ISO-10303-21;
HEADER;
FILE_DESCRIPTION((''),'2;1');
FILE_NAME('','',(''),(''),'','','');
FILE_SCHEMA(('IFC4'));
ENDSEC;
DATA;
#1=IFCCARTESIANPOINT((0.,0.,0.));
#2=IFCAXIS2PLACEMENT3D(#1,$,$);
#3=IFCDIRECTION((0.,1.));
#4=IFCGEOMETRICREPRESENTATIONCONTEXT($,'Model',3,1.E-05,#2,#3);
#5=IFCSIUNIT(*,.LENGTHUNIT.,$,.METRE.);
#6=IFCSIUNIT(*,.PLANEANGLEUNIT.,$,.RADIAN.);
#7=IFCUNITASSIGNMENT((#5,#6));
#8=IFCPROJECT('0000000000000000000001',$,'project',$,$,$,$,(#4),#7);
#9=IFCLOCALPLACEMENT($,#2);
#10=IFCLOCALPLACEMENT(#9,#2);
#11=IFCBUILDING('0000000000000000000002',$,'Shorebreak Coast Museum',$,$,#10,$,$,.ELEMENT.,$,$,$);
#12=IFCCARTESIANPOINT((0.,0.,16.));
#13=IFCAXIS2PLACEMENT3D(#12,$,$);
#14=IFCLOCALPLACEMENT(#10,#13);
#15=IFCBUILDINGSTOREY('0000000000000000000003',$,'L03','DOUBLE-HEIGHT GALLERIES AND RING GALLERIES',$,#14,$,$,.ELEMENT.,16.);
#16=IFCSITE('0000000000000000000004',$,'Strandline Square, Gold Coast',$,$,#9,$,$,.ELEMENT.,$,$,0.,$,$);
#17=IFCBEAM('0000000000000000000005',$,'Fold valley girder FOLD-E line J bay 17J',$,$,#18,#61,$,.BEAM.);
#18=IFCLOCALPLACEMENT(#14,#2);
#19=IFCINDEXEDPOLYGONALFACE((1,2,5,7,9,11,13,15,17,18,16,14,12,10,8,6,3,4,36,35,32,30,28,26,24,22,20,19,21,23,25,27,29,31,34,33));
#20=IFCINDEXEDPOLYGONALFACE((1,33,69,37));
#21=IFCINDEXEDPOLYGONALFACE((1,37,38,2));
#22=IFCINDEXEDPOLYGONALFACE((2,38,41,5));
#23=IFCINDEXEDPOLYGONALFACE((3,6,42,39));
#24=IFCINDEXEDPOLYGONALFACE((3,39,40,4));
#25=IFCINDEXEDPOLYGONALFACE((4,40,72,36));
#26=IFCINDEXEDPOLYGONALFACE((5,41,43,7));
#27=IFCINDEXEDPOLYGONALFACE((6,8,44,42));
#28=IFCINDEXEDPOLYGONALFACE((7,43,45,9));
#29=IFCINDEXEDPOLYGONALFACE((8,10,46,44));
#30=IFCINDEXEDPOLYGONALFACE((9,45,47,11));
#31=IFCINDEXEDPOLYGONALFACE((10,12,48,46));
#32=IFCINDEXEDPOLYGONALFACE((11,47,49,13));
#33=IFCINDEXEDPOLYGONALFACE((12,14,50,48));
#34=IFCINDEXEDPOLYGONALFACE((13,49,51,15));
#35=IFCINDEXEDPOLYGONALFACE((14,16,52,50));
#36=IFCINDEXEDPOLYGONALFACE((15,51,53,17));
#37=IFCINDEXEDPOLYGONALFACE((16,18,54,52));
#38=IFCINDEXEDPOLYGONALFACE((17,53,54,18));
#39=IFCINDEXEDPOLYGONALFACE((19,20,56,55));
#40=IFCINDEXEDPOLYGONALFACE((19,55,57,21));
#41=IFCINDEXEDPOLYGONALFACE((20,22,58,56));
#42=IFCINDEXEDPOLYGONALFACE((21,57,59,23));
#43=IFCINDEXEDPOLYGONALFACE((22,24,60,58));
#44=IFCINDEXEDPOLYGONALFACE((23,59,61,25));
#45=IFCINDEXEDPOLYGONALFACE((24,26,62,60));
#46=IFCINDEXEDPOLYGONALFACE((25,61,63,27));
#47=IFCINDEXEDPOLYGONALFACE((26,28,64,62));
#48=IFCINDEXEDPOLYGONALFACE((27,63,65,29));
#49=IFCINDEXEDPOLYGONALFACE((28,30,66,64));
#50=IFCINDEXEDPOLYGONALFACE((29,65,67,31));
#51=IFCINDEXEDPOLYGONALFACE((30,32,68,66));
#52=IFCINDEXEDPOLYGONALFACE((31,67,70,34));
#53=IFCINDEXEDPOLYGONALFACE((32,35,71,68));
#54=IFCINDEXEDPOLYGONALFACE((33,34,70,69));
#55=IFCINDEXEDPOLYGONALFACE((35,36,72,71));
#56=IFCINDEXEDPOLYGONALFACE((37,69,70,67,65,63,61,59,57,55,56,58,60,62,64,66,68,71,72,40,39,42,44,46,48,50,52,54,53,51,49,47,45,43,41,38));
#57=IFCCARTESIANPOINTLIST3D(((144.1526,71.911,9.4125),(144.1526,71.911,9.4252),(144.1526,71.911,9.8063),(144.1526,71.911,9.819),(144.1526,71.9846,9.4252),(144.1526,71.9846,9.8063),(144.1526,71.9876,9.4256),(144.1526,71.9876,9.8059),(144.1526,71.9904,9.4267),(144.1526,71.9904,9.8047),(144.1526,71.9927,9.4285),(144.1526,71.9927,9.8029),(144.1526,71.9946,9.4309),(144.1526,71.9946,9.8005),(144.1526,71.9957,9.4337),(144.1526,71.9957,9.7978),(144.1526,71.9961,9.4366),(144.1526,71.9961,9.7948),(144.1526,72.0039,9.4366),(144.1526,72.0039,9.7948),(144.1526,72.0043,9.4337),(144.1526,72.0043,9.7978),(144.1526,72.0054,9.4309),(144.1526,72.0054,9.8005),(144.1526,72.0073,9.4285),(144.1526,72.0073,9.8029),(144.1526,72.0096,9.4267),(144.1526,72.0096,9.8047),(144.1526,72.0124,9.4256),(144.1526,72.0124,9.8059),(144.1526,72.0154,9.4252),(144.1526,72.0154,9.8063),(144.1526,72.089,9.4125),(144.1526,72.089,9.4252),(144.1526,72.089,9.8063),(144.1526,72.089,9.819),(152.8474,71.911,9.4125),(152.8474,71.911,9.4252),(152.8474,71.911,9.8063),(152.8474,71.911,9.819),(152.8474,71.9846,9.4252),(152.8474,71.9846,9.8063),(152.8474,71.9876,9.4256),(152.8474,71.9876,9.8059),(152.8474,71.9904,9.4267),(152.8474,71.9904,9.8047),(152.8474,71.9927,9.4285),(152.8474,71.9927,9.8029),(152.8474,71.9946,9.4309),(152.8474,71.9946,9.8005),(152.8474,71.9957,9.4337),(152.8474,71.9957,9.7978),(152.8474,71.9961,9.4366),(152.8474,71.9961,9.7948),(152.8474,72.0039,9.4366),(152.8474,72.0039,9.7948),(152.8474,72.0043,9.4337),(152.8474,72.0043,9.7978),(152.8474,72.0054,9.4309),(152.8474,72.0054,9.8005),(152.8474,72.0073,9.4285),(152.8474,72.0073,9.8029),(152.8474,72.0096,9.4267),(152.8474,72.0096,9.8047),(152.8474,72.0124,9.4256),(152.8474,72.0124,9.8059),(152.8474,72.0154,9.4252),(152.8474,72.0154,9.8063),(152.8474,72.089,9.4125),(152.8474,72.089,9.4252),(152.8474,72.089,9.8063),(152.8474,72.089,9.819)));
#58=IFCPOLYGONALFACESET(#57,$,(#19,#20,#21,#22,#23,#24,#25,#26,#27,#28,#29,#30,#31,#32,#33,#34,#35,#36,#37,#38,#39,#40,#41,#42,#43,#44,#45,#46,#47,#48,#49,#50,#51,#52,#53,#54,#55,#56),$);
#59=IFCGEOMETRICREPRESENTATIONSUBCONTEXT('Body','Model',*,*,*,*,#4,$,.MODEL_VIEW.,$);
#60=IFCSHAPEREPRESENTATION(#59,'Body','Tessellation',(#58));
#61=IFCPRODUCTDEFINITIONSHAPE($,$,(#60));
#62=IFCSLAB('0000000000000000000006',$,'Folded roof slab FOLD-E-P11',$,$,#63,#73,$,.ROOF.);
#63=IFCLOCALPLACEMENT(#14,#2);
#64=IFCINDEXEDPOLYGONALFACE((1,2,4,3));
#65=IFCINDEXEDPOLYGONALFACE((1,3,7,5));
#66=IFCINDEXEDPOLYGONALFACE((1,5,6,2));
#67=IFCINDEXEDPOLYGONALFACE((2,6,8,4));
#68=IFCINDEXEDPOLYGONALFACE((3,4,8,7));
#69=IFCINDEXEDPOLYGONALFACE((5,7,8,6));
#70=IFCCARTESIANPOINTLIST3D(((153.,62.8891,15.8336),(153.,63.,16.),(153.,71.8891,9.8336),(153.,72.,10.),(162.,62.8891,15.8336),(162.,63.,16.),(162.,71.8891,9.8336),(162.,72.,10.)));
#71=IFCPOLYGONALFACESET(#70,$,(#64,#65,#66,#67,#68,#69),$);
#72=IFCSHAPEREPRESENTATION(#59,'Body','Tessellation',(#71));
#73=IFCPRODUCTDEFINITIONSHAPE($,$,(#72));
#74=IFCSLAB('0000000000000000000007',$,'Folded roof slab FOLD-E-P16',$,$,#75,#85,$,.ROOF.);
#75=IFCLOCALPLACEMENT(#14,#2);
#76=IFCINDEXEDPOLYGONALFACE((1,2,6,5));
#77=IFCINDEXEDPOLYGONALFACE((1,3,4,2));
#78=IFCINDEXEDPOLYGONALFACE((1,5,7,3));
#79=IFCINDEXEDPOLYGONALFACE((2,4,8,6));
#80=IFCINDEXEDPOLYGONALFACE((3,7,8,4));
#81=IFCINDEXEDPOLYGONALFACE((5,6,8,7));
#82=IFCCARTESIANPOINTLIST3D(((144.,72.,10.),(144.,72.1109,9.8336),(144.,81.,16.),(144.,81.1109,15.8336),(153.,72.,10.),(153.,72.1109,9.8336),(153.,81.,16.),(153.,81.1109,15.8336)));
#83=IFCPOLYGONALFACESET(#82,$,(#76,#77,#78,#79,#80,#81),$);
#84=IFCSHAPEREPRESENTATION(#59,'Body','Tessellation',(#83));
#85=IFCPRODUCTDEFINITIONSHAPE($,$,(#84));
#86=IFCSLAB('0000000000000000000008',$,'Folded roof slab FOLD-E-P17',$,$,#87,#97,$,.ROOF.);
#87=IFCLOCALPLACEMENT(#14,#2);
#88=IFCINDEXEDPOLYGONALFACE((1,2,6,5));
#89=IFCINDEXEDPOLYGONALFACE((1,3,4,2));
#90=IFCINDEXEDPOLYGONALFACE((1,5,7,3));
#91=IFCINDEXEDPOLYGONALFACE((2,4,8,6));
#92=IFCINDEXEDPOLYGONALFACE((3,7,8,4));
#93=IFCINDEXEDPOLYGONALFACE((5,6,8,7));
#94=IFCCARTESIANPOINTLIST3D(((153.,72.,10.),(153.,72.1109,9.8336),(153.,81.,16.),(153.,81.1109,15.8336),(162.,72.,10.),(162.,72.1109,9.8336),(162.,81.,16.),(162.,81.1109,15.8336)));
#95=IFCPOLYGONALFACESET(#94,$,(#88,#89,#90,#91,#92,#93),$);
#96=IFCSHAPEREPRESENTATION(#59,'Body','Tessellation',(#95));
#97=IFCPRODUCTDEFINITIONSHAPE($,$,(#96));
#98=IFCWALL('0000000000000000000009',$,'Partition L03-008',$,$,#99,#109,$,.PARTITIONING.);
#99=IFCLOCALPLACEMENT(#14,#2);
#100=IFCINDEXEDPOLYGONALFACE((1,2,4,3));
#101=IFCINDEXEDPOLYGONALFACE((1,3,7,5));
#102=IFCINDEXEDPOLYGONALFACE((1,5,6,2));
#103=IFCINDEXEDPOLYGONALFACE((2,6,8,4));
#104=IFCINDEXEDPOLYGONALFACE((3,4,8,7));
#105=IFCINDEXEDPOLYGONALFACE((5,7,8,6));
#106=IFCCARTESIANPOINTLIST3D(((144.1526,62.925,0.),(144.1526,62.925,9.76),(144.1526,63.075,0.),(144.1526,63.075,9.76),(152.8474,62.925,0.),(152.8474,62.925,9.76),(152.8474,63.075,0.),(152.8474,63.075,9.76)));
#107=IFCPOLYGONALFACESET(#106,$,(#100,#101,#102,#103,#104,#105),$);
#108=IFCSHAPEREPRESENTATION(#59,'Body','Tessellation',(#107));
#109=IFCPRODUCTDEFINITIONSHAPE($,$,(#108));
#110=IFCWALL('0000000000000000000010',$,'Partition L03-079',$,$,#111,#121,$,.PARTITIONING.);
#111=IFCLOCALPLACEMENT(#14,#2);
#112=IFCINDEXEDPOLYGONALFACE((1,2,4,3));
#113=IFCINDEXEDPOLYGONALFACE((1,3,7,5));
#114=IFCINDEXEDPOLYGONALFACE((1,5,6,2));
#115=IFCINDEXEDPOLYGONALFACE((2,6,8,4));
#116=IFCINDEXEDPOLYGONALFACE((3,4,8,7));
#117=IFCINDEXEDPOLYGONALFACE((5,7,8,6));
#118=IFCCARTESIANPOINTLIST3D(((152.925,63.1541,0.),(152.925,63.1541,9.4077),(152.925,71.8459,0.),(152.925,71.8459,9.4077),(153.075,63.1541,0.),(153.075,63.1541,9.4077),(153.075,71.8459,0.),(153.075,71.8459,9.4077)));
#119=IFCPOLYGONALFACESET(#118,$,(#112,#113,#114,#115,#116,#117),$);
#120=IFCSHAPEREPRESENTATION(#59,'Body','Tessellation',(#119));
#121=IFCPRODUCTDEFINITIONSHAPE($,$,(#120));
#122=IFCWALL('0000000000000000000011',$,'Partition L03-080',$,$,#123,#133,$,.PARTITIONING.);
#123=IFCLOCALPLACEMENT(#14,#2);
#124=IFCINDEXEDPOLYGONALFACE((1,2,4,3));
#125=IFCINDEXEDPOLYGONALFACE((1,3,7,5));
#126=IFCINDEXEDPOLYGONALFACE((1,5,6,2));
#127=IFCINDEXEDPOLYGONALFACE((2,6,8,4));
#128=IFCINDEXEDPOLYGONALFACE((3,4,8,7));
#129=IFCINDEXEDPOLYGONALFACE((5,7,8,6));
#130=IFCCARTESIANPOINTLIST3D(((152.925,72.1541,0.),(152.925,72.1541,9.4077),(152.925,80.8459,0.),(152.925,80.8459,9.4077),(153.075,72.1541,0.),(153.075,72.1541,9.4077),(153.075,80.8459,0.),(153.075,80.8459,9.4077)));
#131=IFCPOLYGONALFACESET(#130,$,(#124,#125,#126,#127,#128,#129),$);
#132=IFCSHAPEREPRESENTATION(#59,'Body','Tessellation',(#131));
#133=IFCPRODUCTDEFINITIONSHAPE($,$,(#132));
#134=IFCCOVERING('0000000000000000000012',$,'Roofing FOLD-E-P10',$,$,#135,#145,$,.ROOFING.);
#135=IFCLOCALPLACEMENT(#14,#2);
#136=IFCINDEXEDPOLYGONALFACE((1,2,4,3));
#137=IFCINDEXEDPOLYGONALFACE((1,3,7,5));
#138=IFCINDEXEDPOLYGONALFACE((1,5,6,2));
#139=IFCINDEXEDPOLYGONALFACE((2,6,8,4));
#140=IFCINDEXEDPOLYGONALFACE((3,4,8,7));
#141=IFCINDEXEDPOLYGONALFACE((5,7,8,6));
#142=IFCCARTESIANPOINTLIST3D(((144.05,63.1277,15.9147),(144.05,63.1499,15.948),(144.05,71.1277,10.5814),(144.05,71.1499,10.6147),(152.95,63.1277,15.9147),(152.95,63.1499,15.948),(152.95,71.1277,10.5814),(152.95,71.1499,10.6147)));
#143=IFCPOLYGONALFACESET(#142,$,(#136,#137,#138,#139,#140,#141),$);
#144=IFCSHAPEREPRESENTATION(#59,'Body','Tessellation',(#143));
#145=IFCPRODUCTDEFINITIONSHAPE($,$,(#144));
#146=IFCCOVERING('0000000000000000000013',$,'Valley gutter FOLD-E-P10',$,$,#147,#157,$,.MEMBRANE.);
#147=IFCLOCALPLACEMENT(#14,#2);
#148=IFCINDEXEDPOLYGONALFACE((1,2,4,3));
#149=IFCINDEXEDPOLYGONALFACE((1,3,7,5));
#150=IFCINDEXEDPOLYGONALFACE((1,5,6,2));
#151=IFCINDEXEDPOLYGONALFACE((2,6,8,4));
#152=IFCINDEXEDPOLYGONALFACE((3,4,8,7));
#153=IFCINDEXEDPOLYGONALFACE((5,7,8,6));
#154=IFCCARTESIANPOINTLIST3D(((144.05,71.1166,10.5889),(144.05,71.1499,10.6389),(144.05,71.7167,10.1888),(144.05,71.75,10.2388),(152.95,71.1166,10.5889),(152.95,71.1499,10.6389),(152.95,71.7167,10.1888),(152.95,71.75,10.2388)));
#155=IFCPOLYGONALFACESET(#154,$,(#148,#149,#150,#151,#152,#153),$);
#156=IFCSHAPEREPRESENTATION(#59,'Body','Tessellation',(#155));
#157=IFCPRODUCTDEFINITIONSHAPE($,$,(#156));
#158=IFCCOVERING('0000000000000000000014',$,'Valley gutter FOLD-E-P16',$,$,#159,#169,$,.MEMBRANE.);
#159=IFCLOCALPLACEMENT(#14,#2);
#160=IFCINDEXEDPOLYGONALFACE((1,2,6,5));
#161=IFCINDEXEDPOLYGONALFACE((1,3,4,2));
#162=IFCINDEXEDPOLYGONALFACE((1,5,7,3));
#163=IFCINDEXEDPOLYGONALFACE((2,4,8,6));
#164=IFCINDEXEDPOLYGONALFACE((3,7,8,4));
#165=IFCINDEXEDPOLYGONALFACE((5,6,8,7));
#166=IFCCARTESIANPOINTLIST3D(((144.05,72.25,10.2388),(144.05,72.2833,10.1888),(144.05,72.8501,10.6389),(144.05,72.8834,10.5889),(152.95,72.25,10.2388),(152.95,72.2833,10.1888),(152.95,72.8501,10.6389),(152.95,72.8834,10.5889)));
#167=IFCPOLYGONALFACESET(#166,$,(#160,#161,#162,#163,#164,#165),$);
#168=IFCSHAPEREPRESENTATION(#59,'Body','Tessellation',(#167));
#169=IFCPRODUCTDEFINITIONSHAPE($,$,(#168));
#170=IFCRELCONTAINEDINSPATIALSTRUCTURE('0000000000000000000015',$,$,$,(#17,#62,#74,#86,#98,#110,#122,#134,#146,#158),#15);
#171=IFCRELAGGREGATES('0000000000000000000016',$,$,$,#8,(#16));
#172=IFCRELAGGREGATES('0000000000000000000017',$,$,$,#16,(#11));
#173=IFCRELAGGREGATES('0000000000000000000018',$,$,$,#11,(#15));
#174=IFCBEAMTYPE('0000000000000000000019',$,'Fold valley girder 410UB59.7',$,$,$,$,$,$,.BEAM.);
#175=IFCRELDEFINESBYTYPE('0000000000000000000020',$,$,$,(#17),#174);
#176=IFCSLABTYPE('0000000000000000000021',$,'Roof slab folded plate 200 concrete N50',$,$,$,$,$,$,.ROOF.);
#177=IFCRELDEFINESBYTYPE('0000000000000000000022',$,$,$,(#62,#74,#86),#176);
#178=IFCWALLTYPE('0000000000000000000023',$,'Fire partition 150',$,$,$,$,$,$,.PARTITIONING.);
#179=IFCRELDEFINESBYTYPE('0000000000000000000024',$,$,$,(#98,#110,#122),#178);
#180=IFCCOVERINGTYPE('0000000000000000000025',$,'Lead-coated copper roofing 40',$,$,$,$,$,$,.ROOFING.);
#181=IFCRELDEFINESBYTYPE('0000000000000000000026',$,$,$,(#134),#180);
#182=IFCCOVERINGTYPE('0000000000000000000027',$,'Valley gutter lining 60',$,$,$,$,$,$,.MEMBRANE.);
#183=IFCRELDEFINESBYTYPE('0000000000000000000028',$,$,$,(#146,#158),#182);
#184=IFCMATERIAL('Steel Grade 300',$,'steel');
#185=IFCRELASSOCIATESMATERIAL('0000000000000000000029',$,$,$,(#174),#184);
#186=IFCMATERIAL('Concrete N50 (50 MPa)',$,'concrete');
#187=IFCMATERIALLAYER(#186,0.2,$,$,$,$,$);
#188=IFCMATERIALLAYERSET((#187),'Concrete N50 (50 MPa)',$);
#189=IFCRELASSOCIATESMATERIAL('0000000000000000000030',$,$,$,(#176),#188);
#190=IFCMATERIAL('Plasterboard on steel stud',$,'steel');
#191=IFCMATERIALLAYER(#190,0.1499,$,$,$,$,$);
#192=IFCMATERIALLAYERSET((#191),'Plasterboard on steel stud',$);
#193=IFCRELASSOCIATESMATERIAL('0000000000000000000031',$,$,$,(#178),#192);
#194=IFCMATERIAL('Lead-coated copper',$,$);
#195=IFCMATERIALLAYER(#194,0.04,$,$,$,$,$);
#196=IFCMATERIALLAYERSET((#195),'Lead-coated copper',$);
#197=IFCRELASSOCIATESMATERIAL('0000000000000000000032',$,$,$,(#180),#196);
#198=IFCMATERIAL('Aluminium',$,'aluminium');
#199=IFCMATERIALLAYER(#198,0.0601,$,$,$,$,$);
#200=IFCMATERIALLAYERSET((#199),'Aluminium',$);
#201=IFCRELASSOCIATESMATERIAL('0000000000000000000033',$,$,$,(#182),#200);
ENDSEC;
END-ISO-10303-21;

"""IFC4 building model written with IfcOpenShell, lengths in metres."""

from ifc_helpers import new_model, si_unit, direction, frame, frame_2d, origin, origin_2d, place, context, subcontext, project, spatial, polyline, rectangle, i_section, outline, extrude, material, layer, layer_set, material_profile, profile_set, type_object, element, save


model = new_model("IFC4")

# Units and contexts
model_context = context("Model", 3, precision=1e-05, world=origin(), true_north=direction((0.0, 1.0)))
body_context = subcontext(model_context, "Body", "Model", "MODEL_VIEW")
ifc_project = project(units=[si_unit("LENGTHUNIT", "METRE"), si_unit("PLANEANGLEUNIT", "RADIAN")], contexts=[model_context])

# Site, building, storey
site_placement = place(None, origin())
site = spatial("IfcSite", under=ifc_project, at=site_placement, Name="Strandline Square, Gold Coast", CompositionType="ELEMENT", RefElevation=0.0)
building_placement = place(site_placement, origin())
building = spatial("IfcBuilding", under=site, at=building_placement, Name="Shorebreak Coast Museum", CompositionType="ELEMENT")
storey_placement = place(building_placement, frame((0.0, 0.0, 16.0)))
storey = spatial("IfcBuildingStorey", under=building, at=storey_placement, Name="L03", Description="DOUBLE-HEIGHT GALLERIES AND RING GALLERIES", CompositionType="ELEMENT", Elevation=16.0)

# Beam
ifc_material_1 = material(Name="Steel Grade 300", Category="steel")
ifc_material_profile_1 = material_profile(ifc_material_1, i_section(OverallWidth=0.178, OverallDepth=0.4065, WebThickness=0.0078, FlangeThickness=0.0127, FilletRadius=0.0115, at=origin_2d()), Name="410UB59.7")
ifc_profile_set_1 = profile_set([ifc_material_profile_1], Name="Steel Grade 300")
beam_type_1 = type_object("IfcBeamType", Name="Fold valley girder 410UB59.7", PredefinedType="BEAM", material=ifc_profile_set_1)
beam_1_placement = place(storey_placement, frame((144.1526, 72.0, 9.6157), z_axis=(1.0, 0.0, 0.0), x_axis=(0.0, 1.0, 0.0)))
element("IfcBeam", 1, at=beam_1_placement, inside=storey, type_object=beam_type_1, Name="Fold valley girder FOLD-E line J bay 17J", PredefinedType="BEAM", context=body_context, shape_type="SweptSolid", body=[
    extrude(i_section(OverallWidth=0.178, OverallDepth=0.4065, WebThickness=0.0078, FlangeThickness=0.0127, FilletRadius=0.0115, at=origin_2d()), origin(), (0.0, 0.0, 1.0), 8.6948),
])

# Slabs
ifc_material_2 = material(Name="Concrete N50 (50 MPa)", Category="concrete")
ifc_layer_1 = layer(ifc_material_2, 0.2)
ifc_layer_set_1 = layer_set([ifc_layer_1], Name="Concrete N50 (50 MPa)")
slab_type = type_object("IfcSlabType", Name="Roof slab folded plate 200 concrete N50", PredefinedType="ROOF", material=ifc_layer_set_1)
for number, where, z_axis, x_axis, name in (
    (2, (153.0, 63.0, 16.0), (0.0, 0.5547, 0.83205), (1.0, 0.0, 0.0), "Folded roof slab FOLD-E-P11"),
    (3, (144.0, 72.0, 10.0), (0.0, -0.5547, 0.83205), (1.0, 0.0, 0.0), "Folded roof slab FOLD-E-P16"),
    (4, (153.0, 72.0, 10.0), (0.0, -0.5547, 0.83205), (1.0, 0.0, 0.0), "Folded roof slab FOLD-E-P17"),
):
    element("IfcSlab", number, at=place(storey_placement, frame(where, z_axis=z_axis, x_axis=x_axis)), inside=storey, type_object=slab_type, Name=name, PredefinedType="ROOF", context=body_context, shape_type="SweptSolid", body=[
        extrude(outline(polyline([(0.0, 0.0), (9.0, 0.0), (9.0, 10.8167), (0.0, 10.8167), (0.0, 0.0)])), origin(), (0.0, 0.0, -1.0), 0.2),
    ])

# Walls
ifc_material_3 = material(Name="Plasterboard on steel stud", Category="steel")
ifc_layer_2 = layer(ifc_material_3, 0.1499)
ifc_layer_set_2 = layer_set([ifc_layer_2], Name="Plasterboard on steel stud")
wall_type = type_object("IfcWallType", Name="Fire partition 150", PredefinedType="PARTITIONING", material=ifc_layer_set_2)
wall_placement = place(storey_placement, frame((144.1526, 63.0, 0.0), z_axis=(0.0, 0.0, 1.0), x_axis=(1.0, 0.0, 0.0)))
element("IfcWall", 5, at=wall_placement, inside=storey, type_object=wall_type, Name="Partition L03-008", PredefinedType="PARTITIONING", context=body_context, shape_type="SweptSolid", body=[
    extrude(rectangle(XDim=8.6948, YDim=0.1499, at=frame_2d((4.3474, 0.0))), origin(), (0.0, 0.0, 1.0), 9.76),
])
for number, where, z_axis, x_axis, name in (
    (6, (153.0, 63.1541, 0.0), (0.0, 0.0, 1.0), (0.0, 1.0, 0.0), "Partition L03-079"),
    (7, (153.0, 72.1541, 0.0), (0.0, 0.0, 1.0), (0.0, 1.0, 0.0), "Partition L03-080"),
):
    element("IfcWall", number, at=place(storey_placement, frame(where, z_axis=z_axis, x_axis=x_axis)), inside=storey, type_object=wall_type, Name=name, PredefinedType="PARTITIONING", context=body_context, shape_type="SweptSolid", body=[
        extrude(rectangle(XDim=8.6919, YDim=0.1499, at=frame_2d((4.3459, 0.0))), origin(), (0.0, 0.0, 1.0), 9.4077),
    ])

# Coverings
ifc_material_4 = material(Name="Lead-coated copper")
ifc_layer_3 = layer(ifc_material_4, 0.04)
ifc_layer_set_3 = layer_set([ifc_layer_3], Name="Lead-coated copper")
covering_type_1 = type_object("IfcCoveringType", Name="Lead-coated copper roofing 40", PredefinedType="ROOFING", material=ifc_layer_set_3)
covering_placement = place(storey_placement, frame((144.05, 63.1499, 15.948), z_axis=(0.0, 0.554694, 0.832054), x_axis=(1.0, 0.0, 0.0)))
element("IfcCovering", 8, at=covering_placement, inside=storey, type_object=covering_type_1, Name="Roofing FOLD-E-P10", PredefinedType="ROOFING", context=body_context, shape_type="SweptSolid", body=[
    extrude(outline(polyline([(0.0, 0.0), (8.8999, 0.0), (8.8999, 9.6148), (0.0, 9.6148), (0.0, 0.0)])), origin(), (0.0, 0.0, -1.0), 0.04),
])
ifc_material_5 = material(Name="Aluminium", Category="aluminium")
ifc_layer_4 = layer(ifc_material_5, 0.0601)
ifc_layer_set_4 = layer_set([ifc_layer_4], Name="Aluminium")
covering_type_2 = type_object("IfcCoveringType", Name="Valley gutter lining 60", PredefinedType="MEMBRANE", material=ifc_layer_set_4)
for number, where, z_axis, x_axis, name in (
    (9, (144.05, 71.1499, 10.6389), (0.0, 0.554778, 0.831998), (1.0, 0.0, 0.0), "Valley gutter FOLD-E-P10"),
    (10, (144.05, 72.25, 10.2388), (0.0, -0.554778, 0.831998), (1.0, 0.0, 0.0), "Valley gutter FOLD-E-P16"),
):
    element("IfcCovering", number, at=place(storey_placement, frame(where, z_axis=z_axis, x_axis=x_axis)), inside=storey, type_object=covering_type_2, Name=name, PredefinedType="MEMBRANE", context=body_context, shape_type="SweptSolid", body=[
        extrude(outline(polyline([(0.0, 0.0), (8.8999, 0.0), (8.8999, 0.7213), (0.0, 0.7213), (0.0, 0.0)])), origin(), (0.0, 0.0, -1.0), 0.0601),
    ])

save(model, "model.ifc")
